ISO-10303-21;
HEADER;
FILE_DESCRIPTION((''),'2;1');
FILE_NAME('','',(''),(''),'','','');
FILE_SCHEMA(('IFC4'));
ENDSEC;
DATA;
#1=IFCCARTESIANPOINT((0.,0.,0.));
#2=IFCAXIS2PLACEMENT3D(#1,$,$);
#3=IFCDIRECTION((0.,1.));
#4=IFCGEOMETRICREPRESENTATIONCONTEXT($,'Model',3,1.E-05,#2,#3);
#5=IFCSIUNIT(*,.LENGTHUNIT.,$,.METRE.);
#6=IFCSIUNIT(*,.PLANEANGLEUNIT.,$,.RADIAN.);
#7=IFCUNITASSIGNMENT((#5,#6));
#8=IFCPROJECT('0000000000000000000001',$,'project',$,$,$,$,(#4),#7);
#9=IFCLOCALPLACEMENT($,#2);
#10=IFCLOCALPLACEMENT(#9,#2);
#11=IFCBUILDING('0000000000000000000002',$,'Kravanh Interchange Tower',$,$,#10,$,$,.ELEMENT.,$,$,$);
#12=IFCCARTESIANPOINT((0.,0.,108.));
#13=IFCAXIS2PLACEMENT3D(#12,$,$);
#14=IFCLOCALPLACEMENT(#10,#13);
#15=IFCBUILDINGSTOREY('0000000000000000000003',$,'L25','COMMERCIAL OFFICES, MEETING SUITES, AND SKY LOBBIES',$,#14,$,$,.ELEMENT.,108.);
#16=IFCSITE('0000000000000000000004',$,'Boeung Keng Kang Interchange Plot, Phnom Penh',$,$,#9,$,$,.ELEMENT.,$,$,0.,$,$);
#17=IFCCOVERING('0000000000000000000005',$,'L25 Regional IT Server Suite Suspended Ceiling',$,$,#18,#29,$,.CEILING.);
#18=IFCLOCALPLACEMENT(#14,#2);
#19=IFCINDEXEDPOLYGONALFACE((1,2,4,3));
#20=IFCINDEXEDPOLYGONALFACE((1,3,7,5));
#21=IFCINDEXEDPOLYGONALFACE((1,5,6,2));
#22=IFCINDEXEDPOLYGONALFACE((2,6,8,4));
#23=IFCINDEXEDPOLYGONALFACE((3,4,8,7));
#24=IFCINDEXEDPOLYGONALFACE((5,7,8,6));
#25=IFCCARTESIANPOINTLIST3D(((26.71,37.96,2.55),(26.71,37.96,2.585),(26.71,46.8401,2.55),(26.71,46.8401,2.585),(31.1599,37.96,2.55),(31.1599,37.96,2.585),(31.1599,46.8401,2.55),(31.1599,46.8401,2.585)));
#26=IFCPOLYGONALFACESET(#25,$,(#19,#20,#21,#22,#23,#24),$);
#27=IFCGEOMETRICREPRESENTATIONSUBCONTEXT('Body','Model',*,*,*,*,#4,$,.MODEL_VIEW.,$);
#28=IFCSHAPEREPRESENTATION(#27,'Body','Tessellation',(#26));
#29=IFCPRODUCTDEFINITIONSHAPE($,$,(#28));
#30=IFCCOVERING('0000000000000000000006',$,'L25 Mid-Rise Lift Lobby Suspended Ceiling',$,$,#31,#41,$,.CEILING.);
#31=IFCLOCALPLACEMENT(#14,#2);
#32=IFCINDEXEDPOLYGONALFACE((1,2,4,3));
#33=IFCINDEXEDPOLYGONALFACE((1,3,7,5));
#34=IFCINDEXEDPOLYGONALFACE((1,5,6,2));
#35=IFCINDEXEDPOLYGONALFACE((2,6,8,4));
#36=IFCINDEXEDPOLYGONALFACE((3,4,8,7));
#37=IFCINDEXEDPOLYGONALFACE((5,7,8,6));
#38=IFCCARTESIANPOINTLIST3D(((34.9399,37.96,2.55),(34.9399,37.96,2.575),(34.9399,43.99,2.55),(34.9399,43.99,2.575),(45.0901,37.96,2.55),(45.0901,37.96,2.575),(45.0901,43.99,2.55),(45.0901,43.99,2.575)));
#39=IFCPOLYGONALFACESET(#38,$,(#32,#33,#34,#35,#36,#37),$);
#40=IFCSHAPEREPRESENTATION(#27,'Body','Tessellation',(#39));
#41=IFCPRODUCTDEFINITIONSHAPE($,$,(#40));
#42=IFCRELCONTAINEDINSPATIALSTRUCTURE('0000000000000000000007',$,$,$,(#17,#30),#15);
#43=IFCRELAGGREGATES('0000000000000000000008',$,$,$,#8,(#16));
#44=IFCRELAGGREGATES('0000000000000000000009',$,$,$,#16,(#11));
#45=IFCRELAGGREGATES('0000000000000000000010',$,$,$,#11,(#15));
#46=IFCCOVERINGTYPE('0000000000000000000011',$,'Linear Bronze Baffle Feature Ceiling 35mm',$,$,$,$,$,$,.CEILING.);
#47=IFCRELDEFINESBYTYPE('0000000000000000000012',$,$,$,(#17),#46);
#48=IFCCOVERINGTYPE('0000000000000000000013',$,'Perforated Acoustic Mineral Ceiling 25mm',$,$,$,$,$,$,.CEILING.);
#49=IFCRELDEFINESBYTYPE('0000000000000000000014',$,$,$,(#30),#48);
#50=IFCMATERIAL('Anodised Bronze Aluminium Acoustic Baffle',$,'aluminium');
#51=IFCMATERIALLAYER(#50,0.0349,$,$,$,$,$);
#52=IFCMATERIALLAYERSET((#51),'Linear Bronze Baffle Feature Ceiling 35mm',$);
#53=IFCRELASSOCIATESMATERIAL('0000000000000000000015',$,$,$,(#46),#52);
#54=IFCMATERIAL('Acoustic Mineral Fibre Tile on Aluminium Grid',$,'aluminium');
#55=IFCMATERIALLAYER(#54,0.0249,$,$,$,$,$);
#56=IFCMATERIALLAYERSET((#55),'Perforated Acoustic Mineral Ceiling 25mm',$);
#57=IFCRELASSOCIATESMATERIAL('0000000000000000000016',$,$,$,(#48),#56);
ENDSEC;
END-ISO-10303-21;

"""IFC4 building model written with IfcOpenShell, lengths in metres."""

from ifc_helpers import new_model, si_unit, direction, frame, origin, place, context, subcontext, project, spatial, polyline, outline, extrude, material, layer, layer_set, type_object, element, save


model = new_model("IFC4")

# Units and contexts
model_context = context("Model", 3, precision=1e-05, world=origin(), true_north=direction((0.0, 1.0)))
body_context = subcontext(model_context, "Body", "Model", "MODEL_VIEW")
ifc_project = project(units=[si_unit("LENGTHUNIT", "METRE"), si_unit("PLANEANGLEUNIT", "RADIAN")], contexts=[model_context])

# Site, building, storey
site_placement = place(None, origin())
site = spatial("IfcSite", under=ifc_project, at=site_placement, Name="Boeung Keng Kang Interchange Plot, Phnom Penh", CompositionType="ELEMENT", RefElevation=0.0)
building_placement = place(site_placement, origin())
building = spatial("IfcBuilding", under=site, at=building_placement, Name="Kravanh Interchange Tower", CompositionType="ELEMENT")
storey_placement = place(building_placement, frame((0.0, 0.0, 108.0)))
storey = spatial("IfcBuildingStorey", under=building, at=storey_placement, Name="L25", Description="COMMERCIAL OFFICES, MEETING SUITES, AND SKY LOBBIES", CompositionType="ELEMENT", Elevation=108.0)

# Coverings
ifc_material_1 = material(Name="Anodised Bronze Aluminium Acoustic Baffle", Category="aluminium")
ifc_layer_1 = layer(ifc_material_1, 0.0349)
ifc_layer_set_1 = layer_set([ifc_layer_1], Name="Linear Bronze Baffle Feature Ceiling 35mm")
covering_type_1 = type_object("IfcCoveringType", Name="Linear Bronze Baffle Feature Ceiling 35mm", PredefinedType="CEILING", material=ifc_layer_set_1)
covering_1_placement = place(storey_placement, frame((0.0, 0.0, 2.55)))
element("IfcCovering", 1, at=covering_1_placement, inside=storey, type_object=covering_type_1, Name="L25 Regional IT Server Suite Suspended Ceiling", PredefinedType="CEILING", context=body_context, shape_type="SweptSolid", body=[
    extrude(outline(polyline([(31.1599, 37.96), (26.71, 37.96), (26.71, 46.8401), (31.1599, 46.8401), (31.1599, 37.96)])), origin(), (0.0, 0.0, 1.0), 0.0349),
])
ifc_material_2 = material(Name="Acoustic Mineral Fibre Tile on Aluminium Grid", Category="aluminium")
ifc_layer_2 = layer(ifc_material_2, 0.0249)
ifc_layer_set_2 = layer_set([ifc_layer_2], Name="Perforated Acoustic Mineral Ceiling 25mm")
covering_type_2 = type_object("IfcCoveringType", Name="Perforated Acoustic Mineral Ceiling 25mm", PredefinedType="CEILING", material=ifc_layer_set_2)
covering_2_placement = place(storey_placement, frame((0.0, 0.0, 2.55)))
element("IfcCovering", 2, at=covering_2_placement, inside=storey, type_object=covering_type_2, Name="L25 Mid-Rise Lift Lobby Suspended Ceiling", PredefinedType="CEILING", context=body_context, shape_type="SweptSolid", body=[
    extrude(outline(polyline([(45.0901, 37.96), (34.9399, 37.96), (34.9399, 43.99), (45.0901, 43.99), (45.0901, 37.96)])), origin(), (0.0, 0.0, 1.0), 0.0249),
])

save(model, "model.ifc")
